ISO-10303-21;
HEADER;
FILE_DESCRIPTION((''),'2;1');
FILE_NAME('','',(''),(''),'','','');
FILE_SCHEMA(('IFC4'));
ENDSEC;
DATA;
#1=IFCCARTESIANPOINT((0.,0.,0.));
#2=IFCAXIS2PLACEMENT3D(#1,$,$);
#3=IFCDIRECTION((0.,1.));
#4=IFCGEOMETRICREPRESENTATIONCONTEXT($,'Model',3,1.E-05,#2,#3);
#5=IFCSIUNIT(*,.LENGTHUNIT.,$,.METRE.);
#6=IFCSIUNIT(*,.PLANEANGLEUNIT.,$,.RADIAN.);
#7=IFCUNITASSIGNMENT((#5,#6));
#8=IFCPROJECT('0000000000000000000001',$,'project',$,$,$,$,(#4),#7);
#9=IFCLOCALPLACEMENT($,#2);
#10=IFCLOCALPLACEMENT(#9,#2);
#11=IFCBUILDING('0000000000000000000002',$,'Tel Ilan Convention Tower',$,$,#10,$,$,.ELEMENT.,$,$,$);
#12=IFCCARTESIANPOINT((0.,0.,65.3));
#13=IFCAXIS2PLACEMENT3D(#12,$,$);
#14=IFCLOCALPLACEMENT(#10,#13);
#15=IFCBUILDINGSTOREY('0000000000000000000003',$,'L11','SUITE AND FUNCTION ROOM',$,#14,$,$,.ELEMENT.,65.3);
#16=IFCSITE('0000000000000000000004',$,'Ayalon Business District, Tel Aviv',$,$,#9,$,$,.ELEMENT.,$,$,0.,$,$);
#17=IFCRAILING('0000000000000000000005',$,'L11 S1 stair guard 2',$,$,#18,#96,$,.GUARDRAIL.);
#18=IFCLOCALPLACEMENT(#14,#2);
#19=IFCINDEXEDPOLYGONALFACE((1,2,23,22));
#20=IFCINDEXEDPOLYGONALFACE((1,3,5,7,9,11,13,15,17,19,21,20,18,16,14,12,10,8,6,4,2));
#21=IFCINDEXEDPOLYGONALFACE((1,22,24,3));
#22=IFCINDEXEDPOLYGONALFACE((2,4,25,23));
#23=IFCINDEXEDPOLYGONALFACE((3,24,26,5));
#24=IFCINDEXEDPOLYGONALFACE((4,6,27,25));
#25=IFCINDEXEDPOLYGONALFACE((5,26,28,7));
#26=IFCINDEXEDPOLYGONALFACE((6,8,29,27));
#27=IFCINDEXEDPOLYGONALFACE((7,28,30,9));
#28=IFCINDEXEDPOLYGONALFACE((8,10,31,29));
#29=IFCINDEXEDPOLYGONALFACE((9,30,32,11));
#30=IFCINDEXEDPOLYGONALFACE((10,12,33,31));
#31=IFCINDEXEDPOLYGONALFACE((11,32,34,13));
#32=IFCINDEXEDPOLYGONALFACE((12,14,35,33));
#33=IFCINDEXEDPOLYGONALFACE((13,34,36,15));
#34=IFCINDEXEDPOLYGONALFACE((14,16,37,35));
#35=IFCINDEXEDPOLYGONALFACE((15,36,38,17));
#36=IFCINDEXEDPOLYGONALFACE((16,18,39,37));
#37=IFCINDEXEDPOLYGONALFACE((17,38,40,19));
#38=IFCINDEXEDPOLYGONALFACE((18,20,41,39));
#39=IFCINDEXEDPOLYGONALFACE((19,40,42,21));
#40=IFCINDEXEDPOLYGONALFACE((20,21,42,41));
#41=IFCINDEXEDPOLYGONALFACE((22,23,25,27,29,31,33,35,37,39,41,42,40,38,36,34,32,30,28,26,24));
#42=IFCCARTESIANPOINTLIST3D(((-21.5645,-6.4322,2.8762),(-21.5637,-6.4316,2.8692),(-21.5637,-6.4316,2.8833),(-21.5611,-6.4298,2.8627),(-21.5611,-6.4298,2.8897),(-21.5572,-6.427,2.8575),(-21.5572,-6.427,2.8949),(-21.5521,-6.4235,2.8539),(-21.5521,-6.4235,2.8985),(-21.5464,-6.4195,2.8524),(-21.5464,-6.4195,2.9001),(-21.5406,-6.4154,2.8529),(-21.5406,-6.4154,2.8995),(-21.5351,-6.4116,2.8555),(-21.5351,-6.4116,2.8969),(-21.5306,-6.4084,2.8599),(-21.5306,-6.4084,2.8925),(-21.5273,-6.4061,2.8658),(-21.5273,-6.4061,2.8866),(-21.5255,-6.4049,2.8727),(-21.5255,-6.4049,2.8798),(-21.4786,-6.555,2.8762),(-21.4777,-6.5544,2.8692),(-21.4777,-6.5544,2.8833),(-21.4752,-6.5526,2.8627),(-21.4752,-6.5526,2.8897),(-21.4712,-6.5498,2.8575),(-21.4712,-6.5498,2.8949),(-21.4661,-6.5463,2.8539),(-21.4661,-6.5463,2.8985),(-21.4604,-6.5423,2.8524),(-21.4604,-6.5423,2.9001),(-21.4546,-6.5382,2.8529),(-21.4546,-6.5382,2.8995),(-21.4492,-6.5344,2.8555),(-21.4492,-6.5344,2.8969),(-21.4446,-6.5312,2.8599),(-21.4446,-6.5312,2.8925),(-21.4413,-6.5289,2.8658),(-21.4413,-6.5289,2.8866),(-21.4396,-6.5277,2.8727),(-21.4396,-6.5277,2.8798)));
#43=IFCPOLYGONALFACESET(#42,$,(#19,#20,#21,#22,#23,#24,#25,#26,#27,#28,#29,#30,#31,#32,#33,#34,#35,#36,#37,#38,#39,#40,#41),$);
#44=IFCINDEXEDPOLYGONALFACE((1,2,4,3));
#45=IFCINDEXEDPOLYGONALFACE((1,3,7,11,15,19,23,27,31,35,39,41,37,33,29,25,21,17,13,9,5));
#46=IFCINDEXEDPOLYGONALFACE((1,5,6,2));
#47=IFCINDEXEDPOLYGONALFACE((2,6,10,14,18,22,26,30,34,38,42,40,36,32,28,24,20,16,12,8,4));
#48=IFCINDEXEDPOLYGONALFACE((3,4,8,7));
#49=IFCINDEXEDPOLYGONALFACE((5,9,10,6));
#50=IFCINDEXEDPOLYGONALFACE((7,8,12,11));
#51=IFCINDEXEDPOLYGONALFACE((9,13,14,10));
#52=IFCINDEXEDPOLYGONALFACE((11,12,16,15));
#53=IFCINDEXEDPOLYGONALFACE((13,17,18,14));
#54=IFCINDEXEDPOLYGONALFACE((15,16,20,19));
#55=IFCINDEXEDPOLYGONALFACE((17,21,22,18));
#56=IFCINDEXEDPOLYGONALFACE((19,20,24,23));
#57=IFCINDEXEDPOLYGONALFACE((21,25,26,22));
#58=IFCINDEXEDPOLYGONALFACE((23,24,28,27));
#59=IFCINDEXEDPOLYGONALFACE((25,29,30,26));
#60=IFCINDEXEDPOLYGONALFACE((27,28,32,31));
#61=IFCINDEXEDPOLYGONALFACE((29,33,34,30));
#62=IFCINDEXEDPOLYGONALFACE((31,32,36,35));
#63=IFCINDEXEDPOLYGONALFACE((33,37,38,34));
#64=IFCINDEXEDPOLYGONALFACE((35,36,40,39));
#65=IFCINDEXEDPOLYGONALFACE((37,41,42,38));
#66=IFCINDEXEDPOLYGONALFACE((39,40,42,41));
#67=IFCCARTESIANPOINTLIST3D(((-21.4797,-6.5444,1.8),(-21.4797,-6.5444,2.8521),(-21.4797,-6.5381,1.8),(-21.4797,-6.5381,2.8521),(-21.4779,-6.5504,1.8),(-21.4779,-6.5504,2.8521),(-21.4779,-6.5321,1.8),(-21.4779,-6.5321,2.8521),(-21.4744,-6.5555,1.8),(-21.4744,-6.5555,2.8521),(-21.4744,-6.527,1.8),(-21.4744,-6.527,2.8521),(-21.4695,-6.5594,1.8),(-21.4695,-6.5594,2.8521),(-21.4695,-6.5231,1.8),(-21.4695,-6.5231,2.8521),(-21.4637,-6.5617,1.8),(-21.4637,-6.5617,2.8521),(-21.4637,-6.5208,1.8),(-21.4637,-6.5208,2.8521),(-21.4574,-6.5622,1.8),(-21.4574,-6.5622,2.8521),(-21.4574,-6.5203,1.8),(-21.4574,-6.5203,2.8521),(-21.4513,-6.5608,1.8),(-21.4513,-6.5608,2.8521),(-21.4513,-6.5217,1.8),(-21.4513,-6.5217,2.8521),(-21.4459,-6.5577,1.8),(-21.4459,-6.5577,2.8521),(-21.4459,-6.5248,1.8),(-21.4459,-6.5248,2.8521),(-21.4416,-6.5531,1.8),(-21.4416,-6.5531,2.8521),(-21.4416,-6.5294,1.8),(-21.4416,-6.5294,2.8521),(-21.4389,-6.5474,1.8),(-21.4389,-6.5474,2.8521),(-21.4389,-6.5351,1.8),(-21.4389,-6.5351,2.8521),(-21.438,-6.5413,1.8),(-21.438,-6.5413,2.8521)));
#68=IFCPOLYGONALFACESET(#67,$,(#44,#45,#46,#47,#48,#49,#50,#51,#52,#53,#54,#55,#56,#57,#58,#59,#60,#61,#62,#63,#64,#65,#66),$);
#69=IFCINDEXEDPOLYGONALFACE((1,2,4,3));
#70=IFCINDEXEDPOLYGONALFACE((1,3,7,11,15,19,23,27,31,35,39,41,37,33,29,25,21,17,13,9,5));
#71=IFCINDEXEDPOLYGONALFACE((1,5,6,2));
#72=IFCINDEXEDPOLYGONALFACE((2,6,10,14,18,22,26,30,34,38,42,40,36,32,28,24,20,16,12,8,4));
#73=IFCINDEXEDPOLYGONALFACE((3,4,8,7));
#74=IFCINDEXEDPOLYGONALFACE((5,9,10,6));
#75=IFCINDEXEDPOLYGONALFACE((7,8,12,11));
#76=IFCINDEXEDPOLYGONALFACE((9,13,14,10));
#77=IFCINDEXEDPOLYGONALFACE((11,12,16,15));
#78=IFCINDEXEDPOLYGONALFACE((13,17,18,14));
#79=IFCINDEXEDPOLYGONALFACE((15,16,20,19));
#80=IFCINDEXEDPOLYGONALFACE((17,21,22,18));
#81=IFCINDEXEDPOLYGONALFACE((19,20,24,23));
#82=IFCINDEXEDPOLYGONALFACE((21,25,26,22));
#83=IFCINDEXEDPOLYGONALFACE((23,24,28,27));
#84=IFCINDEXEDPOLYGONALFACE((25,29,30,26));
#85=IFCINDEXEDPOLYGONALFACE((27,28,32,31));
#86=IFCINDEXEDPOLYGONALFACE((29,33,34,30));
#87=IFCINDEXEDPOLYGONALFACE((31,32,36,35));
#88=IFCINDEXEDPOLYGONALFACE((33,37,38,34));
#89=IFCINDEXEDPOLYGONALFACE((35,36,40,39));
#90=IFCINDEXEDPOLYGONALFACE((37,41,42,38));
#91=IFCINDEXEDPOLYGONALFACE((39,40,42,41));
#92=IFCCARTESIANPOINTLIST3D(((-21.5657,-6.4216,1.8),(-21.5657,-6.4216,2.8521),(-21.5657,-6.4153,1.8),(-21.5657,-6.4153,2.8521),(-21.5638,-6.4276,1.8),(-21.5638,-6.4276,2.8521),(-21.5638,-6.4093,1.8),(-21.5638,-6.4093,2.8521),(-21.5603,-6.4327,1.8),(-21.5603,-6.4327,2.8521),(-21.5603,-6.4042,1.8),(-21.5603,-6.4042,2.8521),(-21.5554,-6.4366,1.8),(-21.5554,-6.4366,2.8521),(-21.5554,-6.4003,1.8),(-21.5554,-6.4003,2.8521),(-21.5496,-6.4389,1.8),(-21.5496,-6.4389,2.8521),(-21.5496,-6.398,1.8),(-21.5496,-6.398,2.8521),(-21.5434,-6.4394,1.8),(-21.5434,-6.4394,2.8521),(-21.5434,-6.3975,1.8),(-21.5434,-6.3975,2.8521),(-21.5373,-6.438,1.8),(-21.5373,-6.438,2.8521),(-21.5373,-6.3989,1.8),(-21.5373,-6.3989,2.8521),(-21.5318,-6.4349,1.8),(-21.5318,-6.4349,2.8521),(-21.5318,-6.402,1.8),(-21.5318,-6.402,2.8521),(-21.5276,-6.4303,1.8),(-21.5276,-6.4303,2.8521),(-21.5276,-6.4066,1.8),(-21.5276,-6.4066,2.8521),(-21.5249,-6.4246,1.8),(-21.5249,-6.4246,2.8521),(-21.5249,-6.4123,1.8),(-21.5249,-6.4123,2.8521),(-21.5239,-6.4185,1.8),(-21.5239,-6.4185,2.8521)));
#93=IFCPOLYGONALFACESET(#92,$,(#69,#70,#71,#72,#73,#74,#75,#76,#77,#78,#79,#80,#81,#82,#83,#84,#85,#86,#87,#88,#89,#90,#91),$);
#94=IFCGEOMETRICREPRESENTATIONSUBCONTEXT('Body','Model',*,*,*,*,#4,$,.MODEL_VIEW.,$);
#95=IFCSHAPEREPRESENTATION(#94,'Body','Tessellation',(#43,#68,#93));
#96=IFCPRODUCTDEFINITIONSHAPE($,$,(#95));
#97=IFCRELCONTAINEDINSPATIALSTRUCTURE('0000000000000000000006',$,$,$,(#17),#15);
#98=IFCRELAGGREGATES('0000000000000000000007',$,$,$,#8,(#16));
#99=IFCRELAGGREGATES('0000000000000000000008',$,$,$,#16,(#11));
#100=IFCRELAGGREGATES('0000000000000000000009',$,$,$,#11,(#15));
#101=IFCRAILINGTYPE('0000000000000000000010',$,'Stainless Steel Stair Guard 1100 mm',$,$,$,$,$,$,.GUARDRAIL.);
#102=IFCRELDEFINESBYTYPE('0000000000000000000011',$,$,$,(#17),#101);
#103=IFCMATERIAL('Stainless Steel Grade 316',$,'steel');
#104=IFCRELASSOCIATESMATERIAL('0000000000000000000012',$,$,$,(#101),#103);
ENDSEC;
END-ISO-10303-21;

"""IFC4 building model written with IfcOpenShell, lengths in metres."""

from ifc_helpers import new_model, si_unit, direction, frame, origin, origin_2d, place, context, subcontext, project, spatial, circle, extrude, material, type_object, element, save


model = new_model("IFC4")

# Units and contexts
model_context = context("Model", 3, precision=1e-05, world=origin(), true_north=direction((0.0, 1.0)))
body_context = subcontext(model_context, "Body", "Model", "MODEL_VIEW")
ifc_project = project(units=[si_unit("LENGTHUNIT", "METRE"), si_unit("PLANEANGLEUNIT", "RADIAN")], contexts=[model_context])

# Site, building, storey
site_placement = place(None, origin())
site = spatial("IfcSite", under=ifc_project, at=site_placement, Name="Ayalon Business District, Tel Aviv", CompositionType="ELEMENT", RefElevation=0.0)
building_placement = place(site_placement, origin())
building = spatial("IfcBuilding", under=site, at=building_placement, Name="Tel Ilan Convention Tower", CompositionType="ELEMENT")
storey_placement = place(building_placement, frame((0.0, 0.0, 65.3)))
storey = spatial("IfcBuildingStorey", under=building, at=storey_placement, Name="L11", Description="SUITE AND FUNCTION ROOM", CompositionType="ELEMENT", Elevation=65.3)

# Railing
ifc_material_1 = material(Name="Stainless Steel Grade 316", Category="steel")
railing_type_1 = type_object("IfcRailingType", Name="Stainless Steel Stair Guard 1100 mm", PredefinedType="GUARDRAIL", material=ifc_material_1)
railing_1_placement = place(storey_placement, frame((-21.459, -6.5413, 1.8)))
element("IfcRailing", 1, at=railing_1_placement, inside=storey, type_object=railing_type_1, Name="L11 S1 stair guard 2", PredefinedType="GUARDRAIL", context=body_context, shape_type="SweptSolid", body=[
    extrude(circle(Radius=0.0239, at=origin_2d()), frame((0.0, 0.0, 1.0762), z_axis=(-0.573353, 0.819308, 0.0), x_axis=(-0.819308, -0.573353, 0.0)), (0.0, 0.0, 1.0), 0.1499),
    extrude(circle(Radius=0.021, at=origin_2d()), origin(), (0.0, 0.0, 1.0), 1.052),
    extrude(circle(Radius=0.021, at=origin_2d()), frame((-0.0859, 0.1228, 0.0)), (0.0, 0.0, 1.0), 1.052),
])

save(model, "model.ifc")
